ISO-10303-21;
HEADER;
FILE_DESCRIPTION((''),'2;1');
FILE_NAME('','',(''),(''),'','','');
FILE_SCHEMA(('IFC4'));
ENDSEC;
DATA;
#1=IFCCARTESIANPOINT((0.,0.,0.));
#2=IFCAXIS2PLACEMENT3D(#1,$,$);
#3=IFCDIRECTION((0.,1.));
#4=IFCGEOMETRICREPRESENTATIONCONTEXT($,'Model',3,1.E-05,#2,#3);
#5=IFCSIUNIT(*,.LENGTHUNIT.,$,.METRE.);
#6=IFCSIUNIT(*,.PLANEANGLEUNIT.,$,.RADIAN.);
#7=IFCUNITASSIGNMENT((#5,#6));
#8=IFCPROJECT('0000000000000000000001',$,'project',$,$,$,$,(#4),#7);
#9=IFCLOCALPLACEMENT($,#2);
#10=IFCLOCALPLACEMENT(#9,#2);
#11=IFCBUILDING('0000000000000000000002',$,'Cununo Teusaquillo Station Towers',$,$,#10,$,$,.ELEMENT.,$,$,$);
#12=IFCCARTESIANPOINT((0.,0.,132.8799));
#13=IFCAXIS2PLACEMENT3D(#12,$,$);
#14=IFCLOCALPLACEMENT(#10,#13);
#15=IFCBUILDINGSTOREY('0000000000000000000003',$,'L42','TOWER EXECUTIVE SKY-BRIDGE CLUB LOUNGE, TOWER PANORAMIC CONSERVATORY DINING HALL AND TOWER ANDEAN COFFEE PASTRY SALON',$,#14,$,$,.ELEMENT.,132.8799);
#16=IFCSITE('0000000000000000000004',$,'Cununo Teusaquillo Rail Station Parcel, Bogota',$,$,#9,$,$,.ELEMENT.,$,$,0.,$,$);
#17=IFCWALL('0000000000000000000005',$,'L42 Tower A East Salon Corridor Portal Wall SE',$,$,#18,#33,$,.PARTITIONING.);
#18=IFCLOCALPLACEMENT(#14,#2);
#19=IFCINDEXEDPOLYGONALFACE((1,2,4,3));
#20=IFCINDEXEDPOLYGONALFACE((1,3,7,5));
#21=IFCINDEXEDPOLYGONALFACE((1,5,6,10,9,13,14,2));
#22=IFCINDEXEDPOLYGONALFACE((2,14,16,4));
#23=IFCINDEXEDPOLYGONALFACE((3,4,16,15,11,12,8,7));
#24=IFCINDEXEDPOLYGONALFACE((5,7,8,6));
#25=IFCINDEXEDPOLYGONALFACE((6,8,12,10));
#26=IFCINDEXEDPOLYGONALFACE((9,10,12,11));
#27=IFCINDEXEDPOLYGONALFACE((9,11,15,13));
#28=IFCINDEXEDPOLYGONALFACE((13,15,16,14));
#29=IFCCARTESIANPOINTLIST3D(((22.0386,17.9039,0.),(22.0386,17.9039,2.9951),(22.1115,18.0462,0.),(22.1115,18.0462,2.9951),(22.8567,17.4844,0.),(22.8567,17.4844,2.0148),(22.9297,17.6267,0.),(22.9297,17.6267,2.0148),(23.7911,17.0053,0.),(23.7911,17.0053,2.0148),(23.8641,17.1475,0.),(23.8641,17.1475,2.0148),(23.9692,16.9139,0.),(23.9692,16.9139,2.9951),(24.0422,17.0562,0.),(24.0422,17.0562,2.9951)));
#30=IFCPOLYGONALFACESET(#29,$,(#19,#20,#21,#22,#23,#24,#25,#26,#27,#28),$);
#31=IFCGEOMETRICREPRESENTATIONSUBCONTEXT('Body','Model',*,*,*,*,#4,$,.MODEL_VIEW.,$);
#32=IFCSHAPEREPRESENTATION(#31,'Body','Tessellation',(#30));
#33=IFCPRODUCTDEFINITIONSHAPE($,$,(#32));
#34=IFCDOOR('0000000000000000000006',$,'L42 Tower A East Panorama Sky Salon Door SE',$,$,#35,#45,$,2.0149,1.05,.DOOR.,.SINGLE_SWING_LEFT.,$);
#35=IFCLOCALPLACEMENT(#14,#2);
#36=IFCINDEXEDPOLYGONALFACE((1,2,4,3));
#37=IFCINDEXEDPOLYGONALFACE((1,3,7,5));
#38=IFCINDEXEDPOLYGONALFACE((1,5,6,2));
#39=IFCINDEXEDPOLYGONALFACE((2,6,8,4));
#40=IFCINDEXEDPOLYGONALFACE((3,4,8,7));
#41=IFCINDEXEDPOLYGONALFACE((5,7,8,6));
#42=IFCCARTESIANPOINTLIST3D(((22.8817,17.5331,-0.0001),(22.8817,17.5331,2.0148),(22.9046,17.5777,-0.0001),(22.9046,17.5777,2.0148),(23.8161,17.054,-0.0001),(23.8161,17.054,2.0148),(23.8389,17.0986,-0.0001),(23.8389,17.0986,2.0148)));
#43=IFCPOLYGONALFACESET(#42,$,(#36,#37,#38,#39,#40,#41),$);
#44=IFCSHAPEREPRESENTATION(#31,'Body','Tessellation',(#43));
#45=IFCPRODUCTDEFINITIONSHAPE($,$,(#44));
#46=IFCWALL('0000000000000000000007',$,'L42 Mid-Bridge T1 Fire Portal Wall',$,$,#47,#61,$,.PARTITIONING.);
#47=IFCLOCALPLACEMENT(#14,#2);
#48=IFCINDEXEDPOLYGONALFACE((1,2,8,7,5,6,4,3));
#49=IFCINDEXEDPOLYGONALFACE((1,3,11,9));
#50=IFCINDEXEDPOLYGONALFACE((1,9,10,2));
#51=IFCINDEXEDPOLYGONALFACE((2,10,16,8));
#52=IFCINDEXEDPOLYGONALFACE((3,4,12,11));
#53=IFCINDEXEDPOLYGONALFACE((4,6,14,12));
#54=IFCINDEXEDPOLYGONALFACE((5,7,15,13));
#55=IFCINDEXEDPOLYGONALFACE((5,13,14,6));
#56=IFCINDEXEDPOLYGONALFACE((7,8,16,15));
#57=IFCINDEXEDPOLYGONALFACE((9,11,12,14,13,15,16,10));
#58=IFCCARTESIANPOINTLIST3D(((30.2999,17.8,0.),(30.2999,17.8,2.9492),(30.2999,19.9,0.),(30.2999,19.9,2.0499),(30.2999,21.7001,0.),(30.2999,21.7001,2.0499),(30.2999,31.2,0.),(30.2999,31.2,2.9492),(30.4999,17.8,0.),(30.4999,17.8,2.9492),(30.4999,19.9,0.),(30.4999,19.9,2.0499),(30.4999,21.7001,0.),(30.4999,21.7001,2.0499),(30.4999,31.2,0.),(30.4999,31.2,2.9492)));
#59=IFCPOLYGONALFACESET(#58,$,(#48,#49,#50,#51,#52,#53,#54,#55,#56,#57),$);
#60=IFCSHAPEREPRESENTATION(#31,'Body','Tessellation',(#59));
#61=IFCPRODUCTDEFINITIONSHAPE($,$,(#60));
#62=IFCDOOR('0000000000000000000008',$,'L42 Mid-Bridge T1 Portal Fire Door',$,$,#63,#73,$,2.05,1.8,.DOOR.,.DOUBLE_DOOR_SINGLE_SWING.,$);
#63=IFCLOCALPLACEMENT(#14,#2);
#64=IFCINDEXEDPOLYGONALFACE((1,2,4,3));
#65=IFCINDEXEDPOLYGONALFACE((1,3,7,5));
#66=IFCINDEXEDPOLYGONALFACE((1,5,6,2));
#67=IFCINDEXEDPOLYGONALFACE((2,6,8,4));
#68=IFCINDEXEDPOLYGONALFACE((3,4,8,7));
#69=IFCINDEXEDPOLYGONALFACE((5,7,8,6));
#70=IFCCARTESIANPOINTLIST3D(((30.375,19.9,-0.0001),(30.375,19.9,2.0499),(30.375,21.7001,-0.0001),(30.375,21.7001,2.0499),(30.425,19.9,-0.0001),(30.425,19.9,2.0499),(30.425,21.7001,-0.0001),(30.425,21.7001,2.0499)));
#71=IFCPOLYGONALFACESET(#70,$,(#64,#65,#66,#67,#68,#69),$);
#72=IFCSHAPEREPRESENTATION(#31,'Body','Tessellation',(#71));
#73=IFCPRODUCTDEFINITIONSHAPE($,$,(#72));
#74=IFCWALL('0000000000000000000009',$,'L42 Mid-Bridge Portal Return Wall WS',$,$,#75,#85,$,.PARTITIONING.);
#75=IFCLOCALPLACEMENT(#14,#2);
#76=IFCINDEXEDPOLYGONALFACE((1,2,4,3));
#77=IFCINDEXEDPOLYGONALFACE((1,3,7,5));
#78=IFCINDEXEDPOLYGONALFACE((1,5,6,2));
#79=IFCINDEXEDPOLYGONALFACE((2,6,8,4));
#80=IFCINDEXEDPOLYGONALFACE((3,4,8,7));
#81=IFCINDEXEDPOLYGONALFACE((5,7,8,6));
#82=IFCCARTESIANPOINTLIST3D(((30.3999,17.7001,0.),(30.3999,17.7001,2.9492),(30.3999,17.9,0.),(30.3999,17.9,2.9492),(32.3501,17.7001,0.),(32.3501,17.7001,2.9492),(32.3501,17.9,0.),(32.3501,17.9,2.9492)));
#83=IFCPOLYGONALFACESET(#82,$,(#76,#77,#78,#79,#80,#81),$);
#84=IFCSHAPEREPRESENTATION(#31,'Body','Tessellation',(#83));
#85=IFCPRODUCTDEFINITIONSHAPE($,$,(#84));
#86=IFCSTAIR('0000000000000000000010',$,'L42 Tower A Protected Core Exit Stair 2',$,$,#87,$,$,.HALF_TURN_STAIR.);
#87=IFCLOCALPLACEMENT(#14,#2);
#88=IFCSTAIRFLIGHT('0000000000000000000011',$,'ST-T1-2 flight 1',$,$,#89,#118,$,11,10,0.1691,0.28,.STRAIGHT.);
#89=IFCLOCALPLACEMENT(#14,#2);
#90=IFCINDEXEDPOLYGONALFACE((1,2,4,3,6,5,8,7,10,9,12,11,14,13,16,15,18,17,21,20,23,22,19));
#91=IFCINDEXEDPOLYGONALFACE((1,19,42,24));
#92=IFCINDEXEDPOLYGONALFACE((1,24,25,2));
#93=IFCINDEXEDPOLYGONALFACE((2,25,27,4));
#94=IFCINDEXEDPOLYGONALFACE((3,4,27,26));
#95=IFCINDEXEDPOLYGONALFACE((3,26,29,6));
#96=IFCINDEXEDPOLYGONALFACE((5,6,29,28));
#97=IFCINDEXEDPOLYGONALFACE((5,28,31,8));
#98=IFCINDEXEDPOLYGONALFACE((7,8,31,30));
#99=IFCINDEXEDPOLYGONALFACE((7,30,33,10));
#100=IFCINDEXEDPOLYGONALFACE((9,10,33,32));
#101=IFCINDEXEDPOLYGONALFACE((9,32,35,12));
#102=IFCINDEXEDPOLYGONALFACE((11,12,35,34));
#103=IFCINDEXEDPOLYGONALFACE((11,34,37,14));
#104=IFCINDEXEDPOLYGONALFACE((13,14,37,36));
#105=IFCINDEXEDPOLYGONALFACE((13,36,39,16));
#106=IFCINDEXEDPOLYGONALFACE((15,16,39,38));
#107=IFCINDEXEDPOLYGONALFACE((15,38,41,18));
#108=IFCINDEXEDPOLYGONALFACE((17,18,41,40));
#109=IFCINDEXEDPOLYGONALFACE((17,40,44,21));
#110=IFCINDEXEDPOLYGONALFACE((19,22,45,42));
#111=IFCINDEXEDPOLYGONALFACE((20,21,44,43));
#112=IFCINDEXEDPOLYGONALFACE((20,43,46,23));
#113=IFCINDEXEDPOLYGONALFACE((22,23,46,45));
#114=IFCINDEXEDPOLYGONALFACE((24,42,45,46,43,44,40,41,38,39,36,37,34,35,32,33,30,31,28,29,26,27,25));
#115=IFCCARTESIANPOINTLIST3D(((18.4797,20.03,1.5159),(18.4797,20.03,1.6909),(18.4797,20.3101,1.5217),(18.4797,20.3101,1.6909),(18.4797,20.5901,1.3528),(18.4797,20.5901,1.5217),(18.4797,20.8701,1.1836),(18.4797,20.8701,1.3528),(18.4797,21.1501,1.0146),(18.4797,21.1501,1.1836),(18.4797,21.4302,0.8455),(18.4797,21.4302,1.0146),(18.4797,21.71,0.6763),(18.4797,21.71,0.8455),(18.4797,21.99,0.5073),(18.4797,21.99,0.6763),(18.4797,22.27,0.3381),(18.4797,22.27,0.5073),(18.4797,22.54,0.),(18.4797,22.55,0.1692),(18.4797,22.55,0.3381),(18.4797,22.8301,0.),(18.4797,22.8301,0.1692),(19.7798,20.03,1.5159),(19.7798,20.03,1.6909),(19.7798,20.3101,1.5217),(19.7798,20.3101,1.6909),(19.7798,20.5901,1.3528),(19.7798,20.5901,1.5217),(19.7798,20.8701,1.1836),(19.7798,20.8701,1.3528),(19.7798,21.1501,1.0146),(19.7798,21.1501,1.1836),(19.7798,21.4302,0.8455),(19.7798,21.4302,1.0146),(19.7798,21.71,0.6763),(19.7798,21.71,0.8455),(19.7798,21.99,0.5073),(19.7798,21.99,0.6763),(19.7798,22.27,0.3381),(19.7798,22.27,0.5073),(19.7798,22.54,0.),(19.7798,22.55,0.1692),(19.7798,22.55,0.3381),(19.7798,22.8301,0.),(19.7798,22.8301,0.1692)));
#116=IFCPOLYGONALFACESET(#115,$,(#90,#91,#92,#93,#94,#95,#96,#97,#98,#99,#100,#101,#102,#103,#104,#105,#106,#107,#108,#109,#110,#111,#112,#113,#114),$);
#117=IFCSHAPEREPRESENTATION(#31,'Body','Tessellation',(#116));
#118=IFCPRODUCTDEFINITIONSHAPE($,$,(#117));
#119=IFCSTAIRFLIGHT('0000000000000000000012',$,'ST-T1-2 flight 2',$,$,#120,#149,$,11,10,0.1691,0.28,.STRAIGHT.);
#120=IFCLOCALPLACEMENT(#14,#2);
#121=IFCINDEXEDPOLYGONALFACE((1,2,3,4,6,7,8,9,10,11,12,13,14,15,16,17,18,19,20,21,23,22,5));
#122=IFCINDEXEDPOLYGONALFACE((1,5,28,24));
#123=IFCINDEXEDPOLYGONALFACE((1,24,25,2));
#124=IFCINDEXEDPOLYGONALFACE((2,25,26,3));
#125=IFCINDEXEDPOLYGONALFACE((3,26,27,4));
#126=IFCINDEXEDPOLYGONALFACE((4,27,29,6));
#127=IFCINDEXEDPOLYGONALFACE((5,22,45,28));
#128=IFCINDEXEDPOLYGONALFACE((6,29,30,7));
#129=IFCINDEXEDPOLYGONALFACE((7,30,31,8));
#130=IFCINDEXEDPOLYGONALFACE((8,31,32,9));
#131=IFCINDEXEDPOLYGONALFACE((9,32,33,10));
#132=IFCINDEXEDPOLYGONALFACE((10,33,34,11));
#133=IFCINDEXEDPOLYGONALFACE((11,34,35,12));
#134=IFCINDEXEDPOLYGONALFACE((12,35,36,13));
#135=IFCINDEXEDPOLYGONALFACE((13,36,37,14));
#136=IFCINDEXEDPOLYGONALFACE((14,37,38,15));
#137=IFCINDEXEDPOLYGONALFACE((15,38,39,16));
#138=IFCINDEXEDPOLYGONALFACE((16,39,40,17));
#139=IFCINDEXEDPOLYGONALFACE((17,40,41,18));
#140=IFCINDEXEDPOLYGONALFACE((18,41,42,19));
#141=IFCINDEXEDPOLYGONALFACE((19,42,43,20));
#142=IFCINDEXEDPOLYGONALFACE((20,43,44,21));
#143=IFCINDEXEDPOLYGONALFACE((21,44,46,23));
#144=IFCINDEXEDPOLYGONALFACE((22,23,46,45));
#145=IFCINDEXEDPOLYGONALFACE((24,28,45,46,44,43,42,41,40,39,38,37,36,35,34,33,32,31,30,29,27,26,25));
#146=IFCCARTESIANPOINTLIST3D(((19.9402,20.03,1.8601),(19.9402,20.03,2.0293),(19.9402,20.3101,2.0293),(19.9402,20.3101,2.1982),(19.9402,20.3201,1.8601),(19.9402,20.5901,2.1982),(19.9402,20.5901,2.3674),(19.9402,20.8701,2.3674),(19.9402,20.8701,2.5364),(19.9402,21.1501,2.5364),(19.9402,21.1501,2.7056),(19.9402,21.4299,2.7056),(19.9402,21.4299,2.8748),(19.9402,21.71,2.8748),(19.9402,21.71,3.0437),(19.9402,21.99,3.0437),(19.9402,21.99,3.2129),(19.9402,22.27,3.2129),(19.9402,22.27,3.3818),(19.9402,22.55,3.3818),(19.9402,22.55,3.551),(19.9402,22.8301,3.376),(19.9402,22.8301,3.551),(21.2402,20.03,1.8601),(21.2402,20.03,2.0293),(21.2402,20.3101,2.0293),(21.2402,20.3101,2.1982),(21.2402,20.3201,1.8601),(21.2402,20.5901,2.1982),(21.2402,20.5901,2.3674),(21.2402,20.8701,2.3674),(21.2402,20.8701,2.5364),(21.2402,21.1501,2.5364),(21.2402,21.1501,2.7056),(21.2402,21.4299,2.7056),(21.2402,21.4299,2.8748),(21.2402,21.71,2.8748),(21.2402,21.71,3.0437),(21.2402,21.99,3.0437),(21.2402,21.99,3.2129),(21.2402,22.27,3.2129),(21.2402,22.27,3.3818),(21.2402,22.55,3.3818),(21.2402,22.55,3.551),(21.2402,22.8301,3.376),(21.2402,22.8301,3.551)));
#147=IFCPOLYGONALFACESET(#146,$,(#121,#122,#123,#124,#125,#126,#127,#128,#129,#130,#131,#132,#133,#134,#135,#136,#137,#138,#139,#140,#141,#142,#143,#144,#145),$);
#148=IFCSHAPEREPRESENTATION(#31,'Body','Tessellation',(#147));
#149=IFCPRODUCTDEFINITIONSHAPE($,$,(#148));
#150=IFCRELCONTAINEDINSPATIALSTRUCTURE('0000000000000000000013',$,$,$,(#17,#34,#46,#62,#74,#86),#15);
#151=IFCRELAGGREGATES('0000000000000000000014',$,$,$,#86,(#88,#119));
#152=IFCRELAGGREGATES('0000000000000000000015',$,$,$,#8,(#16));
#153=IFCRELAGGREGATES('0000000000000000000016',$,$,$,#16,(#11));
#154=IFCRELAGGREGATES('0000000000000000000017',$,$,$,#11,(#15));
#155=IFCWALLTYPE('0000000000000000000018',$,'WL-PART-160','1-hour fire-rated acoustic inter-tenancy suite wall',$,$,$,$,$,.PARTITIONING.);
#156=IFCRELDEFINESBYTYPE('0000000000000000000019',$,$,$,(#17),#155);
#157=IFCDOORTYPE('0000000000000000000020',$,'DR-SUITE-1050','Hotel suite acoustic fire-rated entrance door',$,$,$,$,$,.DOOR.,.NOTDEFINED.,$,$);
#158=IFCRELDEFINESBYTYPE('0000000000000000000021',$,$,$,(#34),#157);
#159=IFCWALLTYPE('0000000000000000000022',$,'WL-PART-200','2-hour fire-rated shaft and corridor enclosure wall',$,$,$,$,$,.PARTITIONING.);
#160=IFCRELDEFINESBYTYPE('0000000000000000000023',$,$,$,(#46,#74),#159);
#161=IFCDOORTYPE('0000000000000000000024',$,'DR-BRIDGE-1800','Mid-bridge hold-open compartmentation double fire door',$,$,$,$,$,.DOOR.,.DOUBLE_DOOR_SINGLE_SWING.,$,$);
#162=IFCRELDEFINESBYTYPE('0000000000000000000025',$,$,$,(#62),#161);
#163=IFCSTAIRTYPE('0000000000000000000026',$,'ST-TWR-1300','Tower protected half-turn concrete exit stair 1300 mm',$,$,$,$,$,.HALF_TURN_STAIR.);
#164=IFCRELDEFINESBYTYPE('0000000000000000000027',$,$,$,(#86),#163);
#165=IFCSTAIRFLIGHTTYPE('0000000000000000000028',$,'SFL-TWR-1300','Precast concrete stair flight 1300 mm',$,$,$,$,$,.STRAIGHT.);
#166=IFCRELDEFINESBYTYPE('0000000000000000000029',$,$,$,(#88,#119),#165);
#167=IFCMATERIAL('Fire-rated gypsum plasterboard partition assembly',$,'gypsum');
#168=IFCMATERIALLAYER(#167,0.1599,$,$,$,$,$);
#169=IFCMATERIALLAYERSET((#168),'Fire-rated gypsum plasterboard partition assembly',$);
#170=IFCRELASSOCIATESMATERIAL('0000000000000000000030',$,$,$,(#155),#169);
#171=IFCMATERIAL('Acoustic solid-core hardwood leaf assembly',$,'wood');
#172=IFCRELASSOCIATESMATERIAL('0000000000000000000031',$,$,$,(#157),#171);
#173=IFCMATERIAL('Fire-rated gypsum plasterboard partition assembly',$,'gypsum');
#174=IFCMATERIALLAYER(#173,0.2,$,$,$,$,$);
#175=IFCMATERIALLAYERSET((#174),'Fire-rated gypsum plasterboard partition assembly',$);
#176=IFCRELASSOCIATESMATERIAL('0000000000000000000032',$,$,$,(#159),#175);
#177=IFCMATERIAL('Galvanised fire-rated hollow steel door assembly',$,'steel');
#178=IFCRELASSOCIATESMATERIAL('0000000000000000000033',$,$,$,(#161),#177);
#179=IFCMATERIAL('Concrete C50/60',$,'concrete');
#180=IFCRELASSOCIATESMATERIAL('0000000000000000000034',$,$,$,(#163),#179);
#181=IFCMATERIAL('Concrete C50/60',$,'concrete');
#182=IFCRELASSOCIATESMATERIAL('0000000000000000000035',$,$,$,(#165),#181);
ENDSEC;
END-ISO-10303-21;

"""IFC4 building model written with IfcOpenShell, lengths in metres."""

from ifc_helpers import new_model, si_unit, direction, frame, frame_2d, origin, place, context, subcontext, project, spatial, polyline, rectangle, outline, extrude, source, transform, mapped, material, layer, layer_set, type_object, element, fill, aggregate, save


model = new_model("IFC4")

# Units and contexts
model_context = context("Model", 3, precision=1e-05, world=origin(), true_north=direction((0.0, 1.0)))
body_context = subcontext(model_context, "Body", "Model", "MODEL_VIEW")
ifc_project = project(units=[si_unit("LENGTHUNIT", "METRE"), si_unit("PLANEANGLEUNIT", "RADIAN")], contexts=[model_context])

# Site, building, storey
site_placement = place(None, origin())
site = spatial("IfcSite", under=ifc_project, at=site_placement, Name="Cununo Teusaquillo Rail Station Parcel, Bogota", CompositionType="ELEMENT", RefElevation=0.0)
building_placement = place(site_placement, origin())
building = spatial("IfcBuilding", under=site, at=building_placement, Name="Cununo Teusaquillo Station Towers", CompositionType="ELEMENT")
storey_placement = place(building_placement, frame((0.0, 0.0, 132.8799)))
storey = spatial("IfcBuildingStorey", under=building, at=storey_placement, Name="L42", Description="TOWER EXECUTIVE SKY-BRIDGE CLUB LOUNGE, TOWER PANORAMIC CONSERVATORY DINING HALL AND TOWER ANDEAN COFFEE PASTRY SALON", CompositionType="ELEMENT", Elevation=132.8799)

# Walls, openings, doors
ifc_material_1 = material(Name="Fire-rated gypsum plasterboard partition assembly", Category="gypsum")
ifc_layer_1 = layer(ifc_material_1, 0.1599)
ifc_layer_set_1 = layer_set([ifc_layer_1], Name="Fire-rated gypsum plasterboard partition assembly")
wall_type_1 = type_object("IfcWallType", Name="WL-PART-160", Description="1-hour fire-rated acoustic inter-tenancy suite wall", PredefinedType="PARTITIONING", material=ifc_layer_set_1)
wall_1_placement = place(storey_placement, frame((22.075, 17.9751, 0.0), z_axis=(0.0, 0.0, 1.0), x_axis=(0.889835, -0.456282, 0.0)))
wall_1 = element("IfcWall", 1, at=wall_1_placement, inside=storey, type_object=wall_type_1, Name="L42 Tower A East Salon Corridor Portal Wall SE", PredefinedType="PARTITIONING", context=body_context, shape_type="SweptSolid", body=[
    extrude(rectangle(XDim=2.1697, YDim=0.1599, at=frame_2d((1.085, 0.0))), origin(), (0.0, 0.0, 1.0), 2.9951),
])
shared_shape_1 = source(origin(), body_context, "Body", "SweptSolid", [
    extrude(rectangle(XDim=1.05, YDim=2.0149, at=frame_2d((0.5249, 1.0073))), frame((0.0, 0.0898, 0.0), z_axis=(0.0, -1.0, 0.0), x_axis=(1.0, 0.0, 0.0)), (0.0, 0.0, 1.0), 0.1799),
])
opening_1_placement = place(wall_1_placement, frame((0.9197, 0.0, 0.0)))
opening_1 = element("IfcOpeningElement", 2, at=opening_1_placement, cuts=wall_1, PredefinedType="OPENING", context=body_context, shape_type="MappedRepresentation", body=[
    mapped(shared_shape_1, transform((0.0, 0.0, 0.0), x_axis=(1.0, 0.0, 0.0), y_axis=(0.0, 1.0, 0.0), z_axis=(0.0, 0.0, 1.0), scale=1.0)),
])
ifc_material_2 = material(Name="Acoustic solid-core hardwood leaf assembly", Category="wood")
door_type_1 = type_object("IfcDoorType", Name="DR-SUITE-1050", Description="Hotel suite acoustic fire-rated entrance door", OperationType="NOTDEFINED", PredefinedType="DOOR", material=ifc_material_2)
shared_shape_2 = source(origin(), body_context, "Body", "SweptSolid", [
    extrude(rectangle(XDim=1.05, YDim=2.0149, at=frame_2d((0.5249, 1.0073))), frame((0.0, 0.0249, 0.0), z_axis=(0.0, -1.0, 0.0), x_axis=(1.0, 0.0, 0.0)), (0.0, 0.0, 1.0), 0.05),
])
door_1_placement = place(opening_1_placement, origin())
door_1 = element("IfcDoor", 3, at=door_1_placement, inside=storey, type_object=door_type_1, Name="L42 Tower A East Panorama Sky Salon Door SE", OperationType="SINGLE_SWING_LEFT", OverallHeight=2.0149, OverallWidth=1.05, PredefinedType="DOOR", context=body_context, shape_type="MappedRepresentation", body=[
    mapped(shared_shape_2, transform((0.0, 0.0, 0.0), x_axis=(1.0, 0.0, 0.0), y_axis=(0.0, 1.0, 0.0), z_axis=(0.0, 0.0, 1.0), scale=1.0)),
])
fill(opening_1, door_1)
ifc_material_3 = material(Name="Fire-rated gypsum plasterboard partition assembly", Category="gypsum")
ifc_layer_2 = layer(ifc_material_3, 0.2)
ifc_layer_set_2 = layer_set([ifc_layer_2], Name="Fire-rated gypsum plasterboard partition assembly")
wall_type_2 = type_object("IfcWallType", Name="WL-PART-200", Description="2-hour fire-rated shaft and corridor enclosure wall", PredefinedType="PARTITIONING", material=ifc_layer_set_2)
wall_2_placement = place(storey_placement, frame((30.3999, 17.8, 0.0), z_axis=(0.0, 0.0, 1.0), x_axis=(0.0, 1.0, 0.0)))
wall_2 = element("IfcWall", 4, at=wall_2_placement, inside=storey, type_object=wall_type_2, Name="L42 Mid-Bridge T1 Fire Portal Wall", PredefinedType="PARTITIONING", context=body_context, shape_type="SweptSolid", body=[
    extrude(rectangle(XDim=13.3999, YDim=0.2, at=frame_2d((6.7, 0.0))), origin(), (0.0, 0.0, 1.0), 2.9492),
])
shared_shape_3 = source(origin(), body_context, "Body", "SweptSolid", [
    extrude(rectangle(XDim=1.8, YDim=2.05, at=frame_2d((0.8999, 1.0249))), frame((0.0, 0.1099, 0.0), z_axis=(0.0, -1.0, 0.0), x_axis=(1.0, 0.0, 0.0)), (0.0, 0.0, 1.0), 0.22),
])
opening_2_placement = place(wall_2_placement, frame((2.1001, 0.0, 0.0)))
opening_2 = element("IfcOpeningElement", 5, at=opening_2_placement, cuts=wall_2, PredefinedType="OPENING", context=body_context, shape_type="MappedRepresentation", body=[
    mapped(shared_shape_3, transform((0.0, 0.0, 0.0), x_axis=(1.0, 0.0, 0.0), y_axis=(0.0, 1.0, 0.0), z_axis=(0.0, 0.0, 1.0), scale=1.0)),
])
ifc_material_4 = material(Name="Galvanised fire-rated hollow steel door assembly", Category="steel")
door_type_2 = type_object("IfcDoorType", Name="DR-BRIDGE-1800", Description="Mid-bridge hold-open compartmentation double fire door", OperationType="DOUBLE_DOOR_SINGLE_SWING", PredefinedType="DOOR", material=ifc_material_4)
shared_shape_4 = source(origin(), body_context, "Body", "SweptSolid", [
    extrude(rectangle(XDim=1.8, YDim=2.05, at=frame_2d((0.8999, 1.0249))), frame((0.0, 0.0249, 0.0), z_axis=(0.0, -1.0, 0.0), x_axis=(1.0, 0.0, 0.0)), (0.0, 0.0, 1.0), 0.05),
])
door_2_placement = place(opening_2_placement, origin())
door_2 = element("IfcDoor", 6, at=door_2_placement, inside=storey, type_object=door_type_2, Name="L42 Mid-Bridge T1 Portal Fire Door", OperationType="DOUBLE_DOOR_SINGLE_SWING", OverallHeight=2.05, OverallWidth=1.8, PredefinedType="DOOR", context=body_context, shape_type="MappedRepresentation", body=[
    mapped(shared_shape_4, transform((0.0, 0.0, 0.0), x_axis=(1.0, 0.0, 0.0), y_axis=(0.0, 1.0, 0.0), z_axis=(0.0, 0.0, 1.0), scale=1.0)),
])
fill(opening_2, door_2)

# Wall
wall_3_placement = place(storey_placement, frame((30.3999, 17.8, 0.0), z_axis=(0.0, 0.0, 1.0), x_axis=(1.0, 0.0, 0.0)))
element("IfcWall", 7, at=wall_3_placement, inside=storey, type_object=wall_type_2, Name="L42 Mid-Bridge Portal Return Wall WS", PredefinedType="PARTITIONING", context=body_context, shape_type="SweptSolid", body=[
    extrude(rectangle(XDim=1.9502, YDim=0.2, at=frame_2d((0.9751, 0.0))), origin(), (0.0, 0.0, 1.0), 2.9492),
])

# Stair, stair flights
ifc_material_5 = material(Name="Concrete C50/60", Category="concrete")
stair_type = type_object("IfcStairType", Name="ST-TWR-1300", Description="Tower protected half-turn concrete exit stair 1300 mm", PredefinedType="HALF_TURN_STAIR", material=ifc_material_5)
stair_placement = place(storey_placement, origin())
stair = element("IfcStair", 8, at=stair_placement, inside=storey, type_object=stair_type, Name="L42 Tower A Protected Core Exit Stair 2", PredefinedType="HALF_TURN_STAIR")
ifc_material_6 = material(Name="Concrete C50/60", Category="concrete")
stair_flight_type = type_object("IfcStairFlightType", Name="SFL-TWR-1300", Description="Precast concrete stair flight 1300 mm", PredefinedType="STRAIGHT", material=ifc_material_6)
stair_flight_1_placement = place(storey_placement, frame((19.1299, 22.8301, 0.0), z_axis=(0.0, 0.0, 1.0), x_axis=(0.0, -1.0, 0.0)))
stair_flight_1 = element("IfcStairFlight", 9, at=stair_flight_1_placement, type_object=stair_flight_type, Name="ST-T1-2 flight 1", NumberOfRisers=11, NumberOfTreads=10, PredefinedType="STRAIGHT", RiserHeight=0.1691, TreadLength=0.28, context=body_context, shape_type="SweptSolid", body=[
    extrude(outline(polyline([(0.0, 0.0), (0.0, 0.1692), (0.28, 0.1692), (0.28, 0.3381), (0.5601, 0.3381), (0.5601, 0.5073), (0.8401, 0.5073), (0.8401, 0.6763), (1.1201, 0.6763), (1.1201, 0.8455), (1.3999, 0.8455), (1.3999, 1.0146), (1.6799, 1.0146), (1.6799, 1.1836), (1.96, 1.1836), (1.96, 1.3528), (2.24, 1.3528), (2.24, 1.5217), (2.52, 1.5217), (2.52, 1.6909), (2.8, 1.6909), (2.8, 1.8601), (2.8, 1.5159), (0.29, 0.0), (0.0, 0.0)])), frame((0.0, 0.6499, 0.0), z_axis=(0.0, -1.0, 0.0), x_axis=(1.0, 0.0, 0.0)), (0.0, 0.0, 1.0), 1.3),
])
stair_flight_2_placement = place(storey_placement, frame((20.5901, 20.03, 1.8601), z_axis=(0.0, 0.0, 1.0), x_axis=(0.0, 1.0, 0.0)))
stair_flight_2 = element("IfcStairFlight", 10, at=stair_flight_2_placement, type_object=stair_flight_type, Name="ST-T1-2 flight 2", NumberOfRisers=11, NumberOfTreads=10, PredefinedType="STRAIGHT", RiserHeight=0.1691, TreadLength=0.28, context=body_context, shape_type="SweptSolid", body=[
    extrude(outline(polyline([(0.0, 0.0), (0.0, 0.1692), (0.28, 0.1692), (0.28, 0.3381), (0.5601, 0.3381), (0.5601, 0.5073), (0.8401, 0.5073), (0.8401, 0.6763), (1.1201, 0.6763), (1.1201, 0.8455), (1.3999, 0.8455), (1.3999, 1.0146), (1.6799, 1.0146), (1.6799, 1.1836), (1.96, 1.1836), (1.96, 1.3528), (2.24, 1.3528), (2.24, 1.5217), (2.52, 1.5217), (2.52, 1.6909), (2.8, 1.6909), (2.8, 1.8601), (2.8, 1.5159), (0.29, 0.0), (0.0, 0.0)])), frame((0.0, 0.6499, 0.0), z_axis=(0.0, -1.0, 0.0), x_axis=(1.0, 0.0, 0.0)), (0.0, 0.0, 1.0), 1.3),
])
aggregate(stair, [stair_flight_1, stair_flight_2])

save(model, "model.ifc")
